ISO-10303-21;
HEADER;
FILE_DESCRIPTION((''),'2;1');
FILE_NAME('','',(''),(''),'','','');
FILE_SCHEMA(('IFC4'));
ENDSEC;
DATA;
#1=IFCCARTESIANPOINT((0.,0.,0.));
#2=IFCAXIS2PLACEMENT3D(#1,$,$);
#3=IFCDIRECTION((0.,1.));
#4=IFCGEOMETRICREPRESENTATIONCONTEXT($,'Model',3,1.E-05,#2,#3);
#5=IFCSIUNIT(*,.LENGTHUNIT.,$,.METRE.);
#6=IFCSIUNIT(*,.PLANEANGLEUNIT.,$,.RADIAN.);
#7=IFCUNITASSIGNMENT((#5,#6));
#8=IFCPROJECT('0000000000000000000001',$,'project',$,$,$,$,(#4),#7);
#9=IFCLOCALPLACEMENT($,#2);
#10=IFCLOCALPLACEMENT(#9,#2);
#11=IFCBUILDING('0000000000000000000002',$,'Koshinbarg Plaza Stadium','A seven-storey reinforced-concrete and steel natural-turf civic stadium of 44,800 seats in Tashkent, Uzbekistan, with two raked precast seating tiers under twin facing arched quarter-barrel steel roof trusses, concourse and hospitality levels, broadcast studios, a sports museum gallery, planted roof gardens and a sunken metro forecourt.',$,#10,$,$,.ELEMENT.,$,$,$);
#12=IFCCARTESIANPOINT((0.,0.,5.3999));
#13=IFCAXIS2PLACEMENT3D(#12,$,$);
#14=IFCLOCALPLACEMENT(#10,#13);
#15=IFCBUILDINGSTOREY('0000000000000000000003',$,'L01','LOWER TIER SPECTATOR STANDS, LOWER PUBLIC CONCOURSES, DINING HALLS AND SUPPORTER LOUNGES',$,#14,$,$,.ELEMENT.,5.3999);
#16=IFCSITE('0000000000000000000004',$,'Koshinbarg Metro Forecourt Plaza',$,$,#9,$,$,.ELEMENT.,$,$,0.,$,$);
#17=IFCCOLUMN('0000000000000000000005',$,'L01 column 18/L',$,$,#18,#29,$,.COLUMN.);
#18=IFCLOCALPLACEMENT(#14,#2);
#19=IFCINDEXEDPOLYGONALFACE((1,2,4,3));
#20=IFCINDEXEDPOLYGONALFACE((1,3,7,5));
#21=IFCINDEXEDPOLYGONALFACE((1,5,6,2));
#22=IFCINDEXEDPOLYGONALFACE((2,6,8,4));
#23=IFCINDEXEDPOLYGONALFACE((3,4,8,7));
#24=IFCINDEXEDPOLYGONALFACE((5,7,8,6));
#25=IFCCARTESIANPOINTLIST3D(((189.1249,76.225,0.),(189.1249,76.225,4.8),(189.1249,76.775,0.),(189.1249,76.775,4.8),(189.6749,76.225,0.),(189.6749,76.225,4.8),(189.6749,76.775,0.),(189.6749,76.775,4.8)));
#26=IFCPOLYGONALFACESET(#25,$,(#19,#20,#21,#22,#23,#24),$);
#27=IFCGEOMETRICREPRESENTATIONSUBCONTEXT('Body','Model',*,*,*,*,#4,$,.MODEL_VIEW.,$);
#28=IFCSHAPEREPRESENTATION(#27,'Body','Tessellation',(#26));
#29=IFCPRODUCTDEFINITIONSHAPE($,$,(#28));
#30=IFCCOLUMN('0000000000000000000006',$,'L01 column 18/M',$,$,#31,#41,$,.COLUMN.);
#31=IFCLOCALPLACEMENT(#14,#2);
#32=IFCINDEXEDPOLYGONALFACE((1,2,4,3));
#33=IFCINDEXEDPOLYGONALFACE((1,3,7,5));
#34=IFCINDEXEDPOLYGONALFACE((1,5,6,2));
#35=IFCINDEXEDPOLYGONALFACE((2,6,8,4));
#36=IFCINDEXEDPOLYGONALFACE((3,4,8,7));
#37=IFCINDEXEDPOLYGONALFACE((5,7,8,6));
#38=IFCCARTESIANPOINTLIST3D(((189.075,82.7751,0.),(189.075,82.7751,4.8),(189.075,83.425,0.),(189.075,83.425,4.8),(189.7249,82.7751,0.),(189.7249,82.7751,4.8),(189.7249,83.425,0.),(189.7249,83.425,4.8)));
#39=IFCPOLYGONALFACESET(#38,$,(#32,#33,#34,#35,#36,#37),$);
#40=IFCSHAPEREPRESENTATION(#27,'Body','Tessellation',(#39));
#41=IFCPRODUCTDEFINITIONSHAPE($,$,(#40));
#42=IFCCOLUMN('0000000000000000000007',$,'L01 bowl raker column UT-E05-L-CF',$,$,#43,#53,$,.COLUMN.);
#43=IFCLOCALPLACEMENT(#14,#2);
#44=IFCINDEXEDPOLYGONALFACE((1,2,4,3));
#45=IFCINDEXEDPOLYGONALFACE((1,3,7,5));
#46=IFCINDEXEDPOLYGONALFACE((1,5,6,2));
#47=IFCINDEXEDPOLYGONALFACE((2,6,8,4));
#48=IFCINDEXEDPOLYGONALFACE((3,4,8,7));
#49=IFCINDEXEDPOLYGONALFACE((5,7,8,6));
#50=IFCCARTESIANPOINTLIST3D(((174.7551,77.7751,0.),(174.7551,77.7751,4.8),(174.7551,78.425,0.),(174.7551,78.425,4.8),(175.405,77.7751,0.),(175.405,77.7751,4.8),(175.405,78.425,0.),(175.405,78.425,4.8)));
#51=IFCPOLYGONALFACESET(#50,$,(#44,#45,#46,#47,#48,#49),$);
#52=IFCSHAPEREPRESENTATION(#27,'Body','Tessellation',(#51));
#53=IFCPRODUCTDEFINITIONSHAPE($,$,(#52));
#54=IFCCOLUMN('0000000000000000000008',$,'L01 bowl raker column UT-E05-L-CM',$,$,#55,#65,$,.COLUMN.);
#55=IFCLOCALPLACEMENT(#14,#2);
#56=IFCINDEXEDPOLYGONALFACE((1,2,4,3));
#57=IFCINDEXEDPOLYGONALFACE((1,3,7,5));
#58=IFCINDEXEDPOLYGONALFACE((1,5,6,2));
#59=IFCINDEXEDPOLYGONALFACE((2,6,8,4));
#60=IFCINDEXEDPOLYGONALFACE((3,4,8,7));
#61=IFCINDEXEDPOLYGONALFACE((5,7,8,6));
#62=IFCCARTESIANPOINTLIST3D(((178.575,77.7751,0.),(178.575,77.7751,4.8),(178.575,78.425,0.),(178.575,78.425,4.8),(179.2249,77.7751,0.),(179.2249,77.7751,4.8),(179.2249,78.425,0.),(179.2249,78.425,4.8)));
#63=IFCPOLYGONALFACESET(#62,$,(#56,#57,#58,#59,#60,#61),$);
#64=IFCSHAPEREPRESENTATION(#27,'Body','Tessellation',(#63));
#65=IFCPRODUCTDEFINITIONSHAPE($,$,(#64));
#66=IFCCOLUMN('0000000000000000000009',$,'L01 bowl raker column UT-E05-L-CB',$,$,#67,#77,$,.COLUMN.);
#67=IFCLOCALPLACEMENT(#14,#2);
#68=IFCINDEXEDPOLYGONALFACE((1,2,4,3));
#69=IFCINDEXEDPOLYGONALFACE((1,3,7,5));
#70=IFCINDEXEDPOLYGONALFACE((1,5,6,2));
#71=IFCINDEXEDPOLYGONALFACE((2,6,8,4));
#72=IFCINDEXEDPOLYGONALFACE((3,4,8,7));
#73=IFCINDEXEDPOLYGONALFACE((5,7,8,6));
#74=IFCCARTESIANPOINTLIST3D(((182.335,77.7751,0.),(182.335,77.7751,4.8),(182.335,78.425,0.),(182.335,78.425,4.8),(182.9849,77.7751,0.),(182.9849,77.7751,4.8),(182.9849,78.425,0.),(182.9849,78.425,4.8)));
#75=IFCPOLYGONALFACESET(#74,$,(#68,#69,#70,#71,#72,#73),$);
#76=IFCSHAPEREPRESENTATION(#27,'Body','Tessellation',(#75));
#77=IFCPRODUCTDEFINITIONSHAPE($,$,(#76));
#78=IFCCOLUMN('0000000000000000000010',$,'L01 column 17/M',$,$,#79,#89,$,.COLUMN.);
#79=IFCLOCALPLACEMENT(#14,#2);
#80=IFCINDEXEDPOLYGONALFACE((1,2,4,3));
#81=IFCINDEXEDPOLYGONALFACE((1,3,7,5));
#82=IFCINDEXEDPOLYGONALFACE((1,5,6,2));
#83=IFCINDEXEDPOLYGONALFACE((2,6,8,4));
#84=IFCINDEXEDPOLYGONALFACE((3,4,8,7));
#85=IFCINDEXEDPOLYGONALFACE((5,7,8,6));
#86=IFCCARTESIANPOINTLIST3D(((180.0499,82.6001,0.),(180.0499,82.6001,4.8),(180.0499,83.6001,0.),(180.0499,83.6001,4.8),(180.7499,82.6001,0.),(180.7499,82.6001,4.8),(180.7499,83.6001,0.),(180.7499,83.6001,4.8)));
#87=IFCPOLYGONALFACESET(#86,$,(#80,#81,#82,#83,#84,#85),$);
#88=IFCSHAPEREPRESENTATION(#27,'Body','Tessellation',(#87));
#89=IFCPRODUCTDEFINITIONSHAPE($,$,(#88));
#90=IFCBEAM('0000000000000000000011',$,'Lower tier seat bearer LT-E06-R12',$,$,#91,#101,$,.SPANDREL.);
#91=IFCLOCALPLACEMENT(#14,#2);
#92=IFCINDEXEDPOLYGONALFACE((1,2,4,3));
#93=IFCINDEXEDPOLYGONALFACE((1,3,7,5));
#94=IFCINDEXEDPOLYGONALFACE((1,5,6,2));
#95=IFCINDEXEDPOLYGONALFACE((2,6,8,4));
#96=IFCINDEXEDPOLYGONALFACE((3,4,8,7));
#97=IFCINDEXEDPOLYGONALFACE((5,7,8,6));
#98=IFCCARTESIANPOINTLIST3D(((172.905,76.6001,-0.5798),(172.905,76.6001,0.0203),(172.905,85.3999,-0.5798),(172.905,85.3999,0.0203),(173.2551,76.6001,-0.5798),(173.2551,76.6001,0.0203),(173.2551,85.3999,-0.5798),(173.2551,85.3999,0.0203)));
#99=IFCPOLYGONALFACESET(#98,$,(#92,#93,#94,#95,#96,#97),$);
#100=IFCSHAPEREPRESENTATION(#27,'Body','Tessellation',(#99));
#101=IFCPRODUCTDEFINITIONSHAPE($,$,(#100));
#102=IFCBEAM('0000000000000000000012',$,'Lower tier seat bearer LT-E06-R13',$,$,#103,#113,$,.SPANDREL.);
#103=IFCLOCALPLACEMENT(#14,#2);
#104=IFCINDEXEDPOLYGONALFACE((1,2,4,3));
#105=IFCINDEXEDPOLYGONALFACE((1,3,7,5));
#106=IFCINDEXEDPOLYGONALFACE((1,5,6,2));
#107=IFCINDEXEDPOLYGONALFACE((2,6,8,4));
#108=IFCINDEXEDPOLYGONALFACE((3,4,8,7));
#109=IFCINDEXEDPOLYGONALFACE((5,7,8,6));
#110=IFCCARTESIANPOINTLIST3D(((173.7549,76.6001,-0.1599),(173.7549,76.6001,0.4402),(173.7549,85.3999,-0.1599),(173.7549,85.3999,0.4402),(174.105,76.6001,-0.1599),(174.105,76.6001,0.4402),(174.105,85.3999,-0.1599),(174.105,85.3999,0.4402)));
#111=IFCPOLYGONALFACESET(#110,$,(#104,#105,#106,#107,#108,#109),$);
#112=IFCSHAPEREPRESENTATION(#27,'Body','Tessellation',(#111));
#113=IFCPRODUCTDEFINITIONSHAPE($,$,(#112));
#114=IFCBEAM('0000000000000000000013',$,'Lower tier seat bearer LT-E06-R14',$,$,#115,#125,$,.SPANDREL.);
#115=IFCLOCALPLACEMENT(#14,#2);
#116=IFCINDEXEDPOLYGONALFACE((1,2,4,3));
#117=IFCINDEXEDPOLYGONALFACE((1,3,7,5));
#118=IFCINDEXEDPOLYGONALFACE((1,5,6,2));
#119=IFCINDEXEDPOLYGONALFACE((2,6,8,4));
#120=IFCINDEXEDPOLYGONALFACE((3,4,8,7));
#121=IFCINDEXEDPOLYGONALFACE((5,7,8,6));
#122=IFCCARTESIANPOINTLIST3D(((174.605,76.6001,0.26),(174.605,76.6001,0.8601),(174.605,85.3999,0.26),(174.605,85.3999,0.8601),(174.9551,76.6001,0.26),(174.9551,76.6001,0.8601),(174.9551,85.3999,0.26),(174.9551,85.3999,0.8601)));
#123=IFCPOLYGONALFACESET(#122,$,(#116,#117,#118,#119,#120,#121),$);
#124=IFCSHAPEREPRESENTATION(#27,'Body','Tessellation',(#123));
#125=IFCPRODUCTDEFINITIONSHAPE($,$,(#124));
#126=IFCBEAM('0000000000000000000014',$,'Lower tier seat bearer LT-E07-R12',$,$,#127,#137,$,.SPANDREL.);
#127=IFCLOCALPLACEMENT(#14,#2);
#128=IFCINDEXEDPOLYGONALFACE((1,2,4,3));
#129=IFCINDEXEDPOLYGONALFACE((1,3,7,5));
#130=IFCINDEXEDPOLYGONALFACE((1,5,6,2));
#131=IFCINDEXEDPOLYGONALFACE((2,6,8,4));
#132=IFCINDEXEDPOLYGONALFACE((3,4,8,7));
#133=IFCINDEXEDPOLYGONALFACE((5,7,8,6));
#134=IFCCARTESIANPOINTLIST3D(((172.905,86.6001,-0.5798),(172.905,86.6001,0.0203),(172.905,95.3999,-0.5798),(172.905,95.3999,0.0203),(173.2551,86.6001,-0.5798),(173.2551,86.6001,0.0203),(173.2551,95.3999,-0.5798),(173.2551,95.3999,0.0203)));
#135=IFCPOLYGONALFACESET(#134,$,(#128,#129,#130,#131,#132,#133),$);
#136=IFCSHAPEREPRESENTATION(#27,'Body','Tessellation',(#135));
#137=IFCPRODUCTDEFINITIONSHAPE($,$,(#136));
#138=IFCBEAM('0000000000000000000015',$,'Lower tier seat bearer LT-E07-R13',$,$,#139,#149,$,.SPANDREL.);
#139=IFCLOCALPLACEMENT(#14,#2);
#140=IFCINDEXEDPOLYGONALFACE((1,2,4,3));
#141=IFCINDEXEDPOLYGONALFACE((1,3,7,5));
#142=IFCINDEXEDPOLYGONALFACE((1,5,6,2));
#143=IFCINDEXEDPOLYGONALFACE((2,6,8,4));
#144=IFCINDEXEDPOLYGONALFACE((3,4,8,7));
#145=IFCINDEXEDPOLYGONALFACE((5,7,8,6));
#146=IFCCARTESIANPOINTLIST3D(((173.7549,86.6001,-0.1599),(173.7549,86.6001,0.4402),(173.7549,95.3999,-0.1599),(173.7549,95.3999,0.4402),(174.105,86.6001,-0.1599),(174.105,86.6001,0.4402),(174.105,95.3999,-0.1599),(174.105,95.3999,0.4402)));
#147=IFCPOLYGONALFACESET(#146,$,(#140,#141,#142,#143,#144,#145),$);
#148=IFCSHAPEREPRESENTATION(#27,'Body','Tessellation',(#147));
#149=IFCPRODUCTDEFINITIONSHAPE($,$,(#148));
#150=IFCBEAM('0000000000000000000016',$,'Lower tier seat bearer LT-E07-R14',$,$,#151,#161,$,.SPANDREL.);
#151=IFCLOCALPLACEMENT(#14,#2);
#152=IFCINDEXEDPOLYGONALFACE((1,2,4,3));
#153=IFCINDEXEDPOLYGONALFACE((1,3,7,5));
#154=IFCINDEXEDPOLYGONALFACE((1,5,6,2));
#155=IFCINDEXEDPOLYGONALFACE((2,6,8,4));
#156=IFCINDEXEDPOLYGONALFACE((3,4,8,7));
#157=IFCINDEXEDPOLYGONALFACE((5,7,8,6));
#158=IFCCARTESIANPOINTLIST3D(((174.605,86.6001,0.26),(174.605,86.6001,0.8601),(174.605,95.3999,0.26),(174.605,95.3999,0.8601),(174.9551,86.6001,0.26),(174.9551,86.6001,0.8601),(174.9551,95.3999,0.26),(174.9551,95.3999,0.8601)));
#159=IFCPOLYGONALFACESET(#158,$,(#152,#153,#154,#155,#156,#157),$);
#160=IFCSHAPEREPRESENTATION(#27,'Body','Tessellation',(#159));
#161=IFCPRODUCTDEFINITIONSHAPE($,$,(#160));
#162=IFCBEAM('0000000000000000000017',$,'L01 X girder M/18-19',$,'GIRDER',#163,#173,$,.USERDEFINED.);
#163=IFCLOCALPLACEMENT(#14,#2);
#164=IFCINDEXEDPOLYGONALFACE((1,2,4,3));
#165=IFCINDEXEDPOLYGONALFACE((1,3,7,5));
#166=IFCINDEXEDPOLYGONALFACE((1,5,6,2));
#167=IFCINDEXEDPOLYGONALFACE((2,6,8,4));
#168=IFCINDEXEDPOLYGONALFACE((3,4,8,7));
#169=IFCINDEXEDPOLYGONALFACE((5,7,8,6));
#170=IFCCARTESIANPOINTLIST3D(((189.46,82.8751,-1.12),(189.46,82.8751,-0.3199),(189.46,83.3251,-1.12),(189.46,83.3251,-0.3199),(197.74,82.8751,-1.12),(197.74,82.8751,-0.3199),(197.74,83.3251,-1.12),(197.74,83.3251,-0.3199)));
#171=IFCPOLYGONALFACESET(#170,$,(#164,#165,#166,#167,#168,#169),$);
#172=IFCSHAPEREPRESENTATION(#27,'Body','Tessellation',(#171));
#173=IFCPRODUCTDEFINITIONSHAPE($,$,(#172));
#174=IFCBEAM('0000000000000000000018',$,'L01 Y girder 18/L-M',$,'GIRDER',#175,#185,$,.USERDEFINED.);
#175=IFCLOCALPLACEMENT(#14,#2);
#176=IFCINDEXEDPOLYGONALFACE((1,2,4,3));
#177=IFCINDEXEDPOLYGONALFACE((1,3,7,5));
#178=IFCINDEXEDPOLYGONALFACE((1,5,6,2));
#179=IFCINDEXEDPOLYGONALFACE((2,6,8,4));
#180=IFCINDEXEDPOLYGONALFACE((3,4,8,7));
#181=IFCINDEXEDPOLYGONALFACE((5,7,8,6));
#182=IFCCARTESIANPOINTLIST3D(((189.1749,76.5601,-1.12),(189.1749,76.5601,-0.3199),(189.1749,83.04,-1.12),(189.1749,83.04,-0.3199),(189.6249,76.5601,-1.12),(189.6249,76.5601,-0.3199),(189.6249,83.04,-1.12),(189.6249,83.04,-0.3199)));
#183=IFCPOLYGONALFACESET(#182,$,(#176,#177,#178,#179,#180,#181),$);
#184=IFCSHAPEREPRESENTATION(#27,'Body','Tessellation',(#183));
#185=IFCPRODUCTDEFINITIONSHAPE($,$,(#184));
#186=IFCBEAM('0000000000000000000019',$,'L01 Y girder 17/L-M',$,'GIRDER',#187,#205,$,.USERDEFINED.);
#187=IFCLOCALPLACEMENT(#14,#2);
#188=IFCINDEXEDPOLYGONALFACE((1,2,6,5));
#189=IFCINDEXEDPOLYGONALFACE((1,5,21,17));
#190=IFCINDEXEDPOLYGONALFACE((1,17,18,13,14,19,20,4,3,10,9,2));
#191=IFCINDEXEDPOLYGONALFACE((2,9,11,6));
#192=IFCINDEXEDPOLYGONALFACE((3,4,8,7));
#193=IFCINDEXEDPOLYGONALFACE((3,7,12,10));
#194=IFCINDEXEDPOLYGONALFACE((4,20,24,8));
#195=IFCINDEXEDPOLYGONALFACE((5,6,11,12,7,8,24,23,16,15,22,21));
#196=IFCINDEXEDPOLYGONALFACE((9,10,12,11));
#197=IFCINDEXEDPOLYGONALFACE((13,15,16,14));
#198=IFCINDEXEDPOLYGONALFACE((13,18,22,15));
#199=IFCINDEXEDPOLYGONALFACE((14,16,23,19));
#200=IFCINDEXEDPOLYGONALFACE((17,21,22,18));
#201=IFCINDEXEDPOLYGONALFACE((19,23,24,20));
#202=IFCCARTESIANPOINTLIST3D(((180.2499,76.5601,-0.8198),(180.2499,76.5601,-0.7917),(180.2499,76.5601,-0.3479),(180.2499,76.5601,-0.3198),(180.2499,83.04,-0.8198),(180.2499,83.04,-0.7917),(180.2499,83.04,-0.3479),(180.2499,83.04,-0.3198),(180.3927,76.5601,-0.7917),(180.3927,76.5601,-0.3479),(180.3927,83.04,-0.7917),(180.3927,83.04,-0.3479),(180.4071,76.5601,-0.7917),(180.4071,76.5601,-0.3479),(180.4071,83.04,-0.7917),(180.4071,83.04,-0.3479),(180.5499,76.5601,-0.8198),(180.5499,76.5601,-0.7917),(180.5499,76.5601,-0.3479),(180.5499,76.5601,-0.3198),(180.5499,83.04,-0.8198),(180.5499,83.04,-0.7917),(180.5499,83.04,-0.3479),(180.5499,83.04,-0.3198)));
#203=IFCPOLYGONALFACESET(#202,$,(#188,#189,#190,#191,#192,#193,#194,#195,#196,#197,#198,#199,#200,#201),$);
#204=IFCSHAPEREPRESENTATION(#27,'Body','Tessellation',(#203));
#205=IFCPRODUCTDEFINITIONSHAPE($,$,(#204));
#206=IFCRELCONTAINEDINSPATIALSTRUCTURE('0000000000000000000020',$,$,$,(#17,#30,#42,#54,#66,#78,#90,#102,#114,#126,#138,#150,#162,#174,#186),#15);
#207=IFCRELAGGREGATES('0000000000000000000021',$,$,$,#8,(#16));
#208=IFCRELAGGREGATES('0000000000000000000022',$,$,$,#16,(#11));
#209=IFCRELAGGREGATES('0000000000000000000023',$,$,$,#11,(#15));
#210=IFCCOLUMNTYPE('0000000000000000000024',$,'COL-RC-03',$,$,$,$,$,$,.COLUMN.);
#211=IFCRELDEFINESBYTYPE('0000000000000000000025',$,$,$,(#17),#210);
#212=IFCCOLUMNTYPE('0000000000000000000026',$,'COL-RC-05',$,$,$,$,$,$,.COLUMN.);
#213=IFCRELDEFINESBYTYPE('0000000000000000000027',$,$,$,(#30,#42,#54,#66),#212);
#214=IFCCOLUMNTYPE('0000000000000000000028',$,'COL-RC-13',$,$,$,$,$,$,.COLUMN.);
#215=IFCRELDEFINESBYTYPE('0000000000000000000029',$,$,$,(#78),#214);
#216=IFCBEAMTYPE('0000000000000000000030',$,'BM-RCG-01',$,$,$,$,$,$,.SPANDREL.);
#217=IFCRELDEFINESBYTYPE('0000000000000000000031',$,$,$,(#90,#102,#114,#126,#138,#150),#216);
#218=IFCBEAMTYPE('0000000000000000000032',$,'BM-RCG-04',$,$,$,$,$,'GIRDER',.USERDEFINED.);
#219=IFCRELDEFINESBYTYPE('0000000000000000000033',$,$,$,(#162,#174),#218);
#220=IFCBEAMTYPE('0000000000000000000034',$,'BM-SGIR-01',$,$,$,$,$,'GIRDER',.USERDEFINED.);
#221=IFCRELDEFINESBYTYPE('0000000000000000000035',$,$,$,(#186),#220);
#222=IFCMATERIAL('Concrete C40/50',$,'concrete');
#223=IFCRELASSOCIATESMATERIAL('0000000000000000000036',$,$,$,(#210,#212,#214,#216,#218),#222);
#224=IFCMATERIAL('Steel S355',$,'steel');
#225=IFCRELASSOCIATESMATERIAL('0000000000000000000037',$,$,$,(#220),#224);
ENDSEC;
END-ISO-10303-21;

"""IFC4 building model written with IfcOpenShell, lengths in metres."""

from ifc_helpers import new_model, si_unit, direction, frame, origin, origin_2d, place, context, subcontext, project, spatial, rectangle, i_section, extrude, material, material_profile, profile_set, type_object, element, save


model = new_model("IFC4")

# Units and contexts
model_context = context("Model", 3, precision=1e-05, world=origin(), true_north=direction((0.0, 1.0)))
body_context = subcontext(model_context, "Body", "Model", "MODEL_VIEW")
ifc_project = project(units=[si_unit("LENGTHUNIT", "METRE"), si_unit("PLANEANGLEUNIT", "RADIAN")], contexts=[model_context])

# Site, building, storey
site_placement = place(None, origin())
site = spatial("IfcSite", under=ifc_project, at=site_placement, Name="Koshinbarg Metro Forecourt Plaza", CompositionType="ELEMENT", RefElevation=0.0)
building_placement = place(site_placement, origin())
building = spatial("IfcBuilding", under=site, at=building_placement, Name="Koshinbarg Plaza Stadium", Description="A seven-storey reinforced-concrete and steel natural-turf civic stadium of 44,800 seats in Tashkent, Uzbekistan, with two raked precast seating tiers under twin facing arched quarter-barrel steel roof trusses, concourse and hospitality levels, broadcast studios, a sports museum gallery, planted roof gardens and a sunken metro forecourt.", CompositionType="ELEMENT")
storey_placement = place(building_placement, frame((0.0, 0.0, 5.3999)))
storey = spatial("IfcBuildingStorey", under=building, at=storey_placement, Name="L01", Description="LOWER TIER SPECTATOR STANDS, LOWER PUBLIC CONCOURSES, DINING HALLS AND SUPPORTER LOUNGES", CompositionType="ELEMENT", Elevation=5.3999)

# Columns
ifc_material_1 = material(Name="Concrete C40/50", Category="concrete")
ifc_material_profile_1 = material_profile(ifc_material_1, rectangle(XDim=0.55, YDim=0.55, at=origin_2d()), Name="RC 550x550")
ifc_profile_set_1 = profile_set([ifc_material_profile_1], Name="Concrete C40/50")
column_type_1 = type_object("IfcColumnType", Name="COL-RC-03", PredefinedType="COLUMN", material=ifc_profile_set_1)
column_1_placement = place(storey_placement, frame((189.3999, 76.5, 0.0), z_axis=(0.0, 0.0, 1.0), x_axis=(1.0, 0.0, 0.0)))
element("IfcColumn", 1, at=column_1_placement, inside=storey, type_object=column_type_1, Name="L01 column 18/L", PredefinedType="COLUMN", context=body_context, shape_type="SweptSolid", body=[
    extrude(rectangle(XDim=0.55, YDim=0.55, at=origin_2d()), origin(), (0.0, 0.0, 1.0), 4.8),
])
ifc_material_profile_2 = material_profile(ifc_material_1, rectangle(XDim=0.6499, YDim=0.6499, at=origin_2d()), Name="RC 650x650")
ifc_profile_set_2 = profile_set([ifc_material_profile_2], Name="Concrete C40/50")
column_type_2 = type_object("IfcColumnType", Name="COL-RC-05", PredefinedType="COLUMN", material=ifc_profile_set_2)
for number, where, z_axis, x_axis, name in (
    (2, (189.3999, 83.1001, 0.0), (0.0, 0.0, 1.0), (1.0, 0.0, 0.0), "L01 column 18/M"),
    (3, (175.0801, 78.1001, 0.0), (0.0, 0.0, 1.0), (1.0, 0.0, 0.0), "L01 bowl raker column UT-E05-L-CF"),
    (4, (178.8999, 78.1001, 0.0), (0.0, 0.0, 1.0), (1.0, 0.0, 0.0), "L01 bowl raker column UT-E05-L-CM"),
    (5, (182.6599, 78.1001, 0.0), (0.0, 0.0, 1.0), (1.0, 0.0, 0.0), "L01 bowl raker column UT-E05-L-CB"),
):
    element("IfcColumn", number, at=place(storey_placement, frame(where, z_axis=z_axis, x_axis=x_axis)), inside=storey, type_object=column_type_2, Name=name, PredefinedType="COLUMN", context=body_context, shape_type="SweptSolid", body=[
        extrude(rectangle(XDim=0.6499, YDim=0.6499, at=origin_2d()), origin(), (0.0, 0.0, 1.0), 4.8),
    ])
ifc_material_profile_3 = material_profile(ifc_material_1, rectangle(XDim=0.7, YDim=1.0, at=origin_2d()), Name="RC 700x1000")
ifc_profile_set_3 = profile_set([ifc_material_profile_3], Name="Concrete C40/50")
column_type_3 = type_object("IfcColumnType", Name="COL-RC-13", PredefinedType="COLUMN", material=ifc_profile_set_3)
column_2_placement = place(storey_placement, frame((180.3999, 83.1001, 0.0), z_axis=(0.0, 0.0, 1.0), x_axis=(1.0, 0.0, 0.0)))
element("IfcColumn", 6, at=column_2_placement, inside=storey, type_object=column_type_3, Name="L01 column 17/M", PredefinedType="COLUMN", context=body_context, shape_type="SweptSolid", body=[
    extrude(rectangle(XDim=0.7, YDim=1.0, at=origin_2d()), origin(), (0.0, 0.0, 1.0), 4.8),
])

# Beams
ifc_material_profile_4 = material_profile(ifc_material_1, rectangle(XDim=0.3501, YDim=0.6001, at=origin_2d()), Name="RC 350x600")
ifc_profile_set_4 = profile_set([ifc_material_profile_4], Name="Concrete C40/50")
beam_type_1 = type_object("IfcBeamType", Name="BM-RCG-01", PredefinedType="SPANDREL", material=ifc_profile_set_4)
for number, where, z_axis, x_axis, name in (
    (7, (173.0801, 76.6001, -0.2798), (0.0, 1.0, 0.0), (-1.0, 0.0, 0.0), "Lower tier seat bearer LT-E06-R12"),
    (8, (173.9299, 76.6001, 0.1401), (0.0, 1.0, 0.0), (-1.0, 0.0, 0.0), "Lower tier seat bearer LT-E06-R13"),
    (9, (174.78, 76.6001, 0.5601), (0.0, 1.0, 0.0), (-1.0, 0.0, 0.0), "Lower tier seat bearer LT-E06-R14"),
    (10, (173.0801, 86.6001, -0.2798), (0.0, 1.0, 0.0), (-1.0, 0.0, 0.0), "Lower tier seat bearer LT-E07-R12"),
    (11, (173.9299, 86.6001, 0.1401), (0.0, 1.0, 0.0), (-1.0, 0.0, 0.0), "Lower tier seat bearer LT-E07-R13"),
    (12, (174.78, 86.6001, 0.5601), (0.0, 1.0, 0.0), (-1.0, 0.0, 0.0), "Lower tier seat bearer LT-E07-R14"),
):
    element("IfcBeam", number, at=place(storey_placement, frame(where, z_axis=z_axis, x_axis=x_axis)), inside=storey, type_object=beam_type_1, Name=name, PredefinedType="SPANDREL", context=body_context, shape_type="SweptSolid", body=[
        extrude(rectangle(XDim=0.3501, YDim=0.6001, at=origin_2d()), origin(), (0.0, 0.0, 1.0), 8.7998),
    ])
ifc_material_profile_5 = material_profile(ifc_material_1, rectangle(XDim=0.45, YDim=0.8, at=origin_2d()), Name="RC 450x800")
ifc_profile_set_5 = profile_set([ifc_material_profile_5], Name="Concrete C40/50")
beam_type_2 = type_object("IfcBeamType", Name="BM-RCG-04", ElementType="GIRDER", PredefinedType="USERDEFINED", material=ifc_profile_set_5)
beam_1_placement = place(storey_placement, frame((189.46, 83.1001, -0.72), z_axis=(1.0, 0.0, 0.0), x_axis=(0.0, 1.0, 0.0)))
element("IfcBeam", 13, at=beam_1_placement, inside=storey, type_object=beam_type_2, Name="L01 X girder M/18-19", ObjectType="GIRDER", PredefinedType="USERDEFINED", context=body_context, shape_type="SweptSolid", body=[
    extrude(rectangle(XDim=0.45, YDim=0.8, at=origin_2d()), origin(), (0.0, 0.0, 1.0), 8.28),
])
beam_2_placement = place(storey_placement, frame((189.3999, 76.5601, -0.72), z_axis=(0.0, 1.0, 0.0), x_axis=(-1.0, 0.0, 0.0)))
element("IfcBeam", 14, at=beam_2_placement, inside=storey, type_object=beam_type_2, Name="L01 Y girder 18/L-M", ObjectType="GIRDER", PredefinedType="USERDEFINED", context=body_context, shape_type="SweptSolid", body=[
    extrude(rectangle(XDim=0.45, YDim=0.8, at=origin_2d()), origin(), (0.0, 0.0, 1.0), 6.48),
])
ifc_material_2 = material(Name="Steel S355", Category="steel")
ifc_material_profile_6 = material_profile(ifc_material_2, i_section(OverallWidth=0.3, OverallDepth=0.5, WebThickness=0.0144, FlangeThickness=0.0281, at=origin_2d()), Name="HEB 500")
ifc_profile_set_6 = profile_set([ifc_material_profile_6], Name="Steel S355")
beam_type_3 = type_object("IfcBeamType", Name="BM-SGIR-01", ElementType="GIRDER", PredefinedType="USERDEFINED", material=ifc_profile_set_6)
beam_3_placement = place(storey_placement, frame((180.3999, 76.5601, -0.5698), z_axis=(0.0, 1.0, 0.0), x_axis=(-1.0, 0.0, 0.0)))
element("IfcBeam", 15, at=beam_3_placement, inside=storey, type_object=beam_type_3, Name="L01 Y girder 17/L-M", ObjectType="GIRDER", PredefinedType="USERDEFINED", context=body_context, shape_type="SweptSolid", body=[
    extrude(i_section(OverallWidth=0.3, OverallDepth=0.5, WebThickness=0.0144, FlangeThickness=0.0281, at=origin_2d()), origin(), (0.0, 0.0, 1.0), 6.48),
])

save(model, "model.ifc")
